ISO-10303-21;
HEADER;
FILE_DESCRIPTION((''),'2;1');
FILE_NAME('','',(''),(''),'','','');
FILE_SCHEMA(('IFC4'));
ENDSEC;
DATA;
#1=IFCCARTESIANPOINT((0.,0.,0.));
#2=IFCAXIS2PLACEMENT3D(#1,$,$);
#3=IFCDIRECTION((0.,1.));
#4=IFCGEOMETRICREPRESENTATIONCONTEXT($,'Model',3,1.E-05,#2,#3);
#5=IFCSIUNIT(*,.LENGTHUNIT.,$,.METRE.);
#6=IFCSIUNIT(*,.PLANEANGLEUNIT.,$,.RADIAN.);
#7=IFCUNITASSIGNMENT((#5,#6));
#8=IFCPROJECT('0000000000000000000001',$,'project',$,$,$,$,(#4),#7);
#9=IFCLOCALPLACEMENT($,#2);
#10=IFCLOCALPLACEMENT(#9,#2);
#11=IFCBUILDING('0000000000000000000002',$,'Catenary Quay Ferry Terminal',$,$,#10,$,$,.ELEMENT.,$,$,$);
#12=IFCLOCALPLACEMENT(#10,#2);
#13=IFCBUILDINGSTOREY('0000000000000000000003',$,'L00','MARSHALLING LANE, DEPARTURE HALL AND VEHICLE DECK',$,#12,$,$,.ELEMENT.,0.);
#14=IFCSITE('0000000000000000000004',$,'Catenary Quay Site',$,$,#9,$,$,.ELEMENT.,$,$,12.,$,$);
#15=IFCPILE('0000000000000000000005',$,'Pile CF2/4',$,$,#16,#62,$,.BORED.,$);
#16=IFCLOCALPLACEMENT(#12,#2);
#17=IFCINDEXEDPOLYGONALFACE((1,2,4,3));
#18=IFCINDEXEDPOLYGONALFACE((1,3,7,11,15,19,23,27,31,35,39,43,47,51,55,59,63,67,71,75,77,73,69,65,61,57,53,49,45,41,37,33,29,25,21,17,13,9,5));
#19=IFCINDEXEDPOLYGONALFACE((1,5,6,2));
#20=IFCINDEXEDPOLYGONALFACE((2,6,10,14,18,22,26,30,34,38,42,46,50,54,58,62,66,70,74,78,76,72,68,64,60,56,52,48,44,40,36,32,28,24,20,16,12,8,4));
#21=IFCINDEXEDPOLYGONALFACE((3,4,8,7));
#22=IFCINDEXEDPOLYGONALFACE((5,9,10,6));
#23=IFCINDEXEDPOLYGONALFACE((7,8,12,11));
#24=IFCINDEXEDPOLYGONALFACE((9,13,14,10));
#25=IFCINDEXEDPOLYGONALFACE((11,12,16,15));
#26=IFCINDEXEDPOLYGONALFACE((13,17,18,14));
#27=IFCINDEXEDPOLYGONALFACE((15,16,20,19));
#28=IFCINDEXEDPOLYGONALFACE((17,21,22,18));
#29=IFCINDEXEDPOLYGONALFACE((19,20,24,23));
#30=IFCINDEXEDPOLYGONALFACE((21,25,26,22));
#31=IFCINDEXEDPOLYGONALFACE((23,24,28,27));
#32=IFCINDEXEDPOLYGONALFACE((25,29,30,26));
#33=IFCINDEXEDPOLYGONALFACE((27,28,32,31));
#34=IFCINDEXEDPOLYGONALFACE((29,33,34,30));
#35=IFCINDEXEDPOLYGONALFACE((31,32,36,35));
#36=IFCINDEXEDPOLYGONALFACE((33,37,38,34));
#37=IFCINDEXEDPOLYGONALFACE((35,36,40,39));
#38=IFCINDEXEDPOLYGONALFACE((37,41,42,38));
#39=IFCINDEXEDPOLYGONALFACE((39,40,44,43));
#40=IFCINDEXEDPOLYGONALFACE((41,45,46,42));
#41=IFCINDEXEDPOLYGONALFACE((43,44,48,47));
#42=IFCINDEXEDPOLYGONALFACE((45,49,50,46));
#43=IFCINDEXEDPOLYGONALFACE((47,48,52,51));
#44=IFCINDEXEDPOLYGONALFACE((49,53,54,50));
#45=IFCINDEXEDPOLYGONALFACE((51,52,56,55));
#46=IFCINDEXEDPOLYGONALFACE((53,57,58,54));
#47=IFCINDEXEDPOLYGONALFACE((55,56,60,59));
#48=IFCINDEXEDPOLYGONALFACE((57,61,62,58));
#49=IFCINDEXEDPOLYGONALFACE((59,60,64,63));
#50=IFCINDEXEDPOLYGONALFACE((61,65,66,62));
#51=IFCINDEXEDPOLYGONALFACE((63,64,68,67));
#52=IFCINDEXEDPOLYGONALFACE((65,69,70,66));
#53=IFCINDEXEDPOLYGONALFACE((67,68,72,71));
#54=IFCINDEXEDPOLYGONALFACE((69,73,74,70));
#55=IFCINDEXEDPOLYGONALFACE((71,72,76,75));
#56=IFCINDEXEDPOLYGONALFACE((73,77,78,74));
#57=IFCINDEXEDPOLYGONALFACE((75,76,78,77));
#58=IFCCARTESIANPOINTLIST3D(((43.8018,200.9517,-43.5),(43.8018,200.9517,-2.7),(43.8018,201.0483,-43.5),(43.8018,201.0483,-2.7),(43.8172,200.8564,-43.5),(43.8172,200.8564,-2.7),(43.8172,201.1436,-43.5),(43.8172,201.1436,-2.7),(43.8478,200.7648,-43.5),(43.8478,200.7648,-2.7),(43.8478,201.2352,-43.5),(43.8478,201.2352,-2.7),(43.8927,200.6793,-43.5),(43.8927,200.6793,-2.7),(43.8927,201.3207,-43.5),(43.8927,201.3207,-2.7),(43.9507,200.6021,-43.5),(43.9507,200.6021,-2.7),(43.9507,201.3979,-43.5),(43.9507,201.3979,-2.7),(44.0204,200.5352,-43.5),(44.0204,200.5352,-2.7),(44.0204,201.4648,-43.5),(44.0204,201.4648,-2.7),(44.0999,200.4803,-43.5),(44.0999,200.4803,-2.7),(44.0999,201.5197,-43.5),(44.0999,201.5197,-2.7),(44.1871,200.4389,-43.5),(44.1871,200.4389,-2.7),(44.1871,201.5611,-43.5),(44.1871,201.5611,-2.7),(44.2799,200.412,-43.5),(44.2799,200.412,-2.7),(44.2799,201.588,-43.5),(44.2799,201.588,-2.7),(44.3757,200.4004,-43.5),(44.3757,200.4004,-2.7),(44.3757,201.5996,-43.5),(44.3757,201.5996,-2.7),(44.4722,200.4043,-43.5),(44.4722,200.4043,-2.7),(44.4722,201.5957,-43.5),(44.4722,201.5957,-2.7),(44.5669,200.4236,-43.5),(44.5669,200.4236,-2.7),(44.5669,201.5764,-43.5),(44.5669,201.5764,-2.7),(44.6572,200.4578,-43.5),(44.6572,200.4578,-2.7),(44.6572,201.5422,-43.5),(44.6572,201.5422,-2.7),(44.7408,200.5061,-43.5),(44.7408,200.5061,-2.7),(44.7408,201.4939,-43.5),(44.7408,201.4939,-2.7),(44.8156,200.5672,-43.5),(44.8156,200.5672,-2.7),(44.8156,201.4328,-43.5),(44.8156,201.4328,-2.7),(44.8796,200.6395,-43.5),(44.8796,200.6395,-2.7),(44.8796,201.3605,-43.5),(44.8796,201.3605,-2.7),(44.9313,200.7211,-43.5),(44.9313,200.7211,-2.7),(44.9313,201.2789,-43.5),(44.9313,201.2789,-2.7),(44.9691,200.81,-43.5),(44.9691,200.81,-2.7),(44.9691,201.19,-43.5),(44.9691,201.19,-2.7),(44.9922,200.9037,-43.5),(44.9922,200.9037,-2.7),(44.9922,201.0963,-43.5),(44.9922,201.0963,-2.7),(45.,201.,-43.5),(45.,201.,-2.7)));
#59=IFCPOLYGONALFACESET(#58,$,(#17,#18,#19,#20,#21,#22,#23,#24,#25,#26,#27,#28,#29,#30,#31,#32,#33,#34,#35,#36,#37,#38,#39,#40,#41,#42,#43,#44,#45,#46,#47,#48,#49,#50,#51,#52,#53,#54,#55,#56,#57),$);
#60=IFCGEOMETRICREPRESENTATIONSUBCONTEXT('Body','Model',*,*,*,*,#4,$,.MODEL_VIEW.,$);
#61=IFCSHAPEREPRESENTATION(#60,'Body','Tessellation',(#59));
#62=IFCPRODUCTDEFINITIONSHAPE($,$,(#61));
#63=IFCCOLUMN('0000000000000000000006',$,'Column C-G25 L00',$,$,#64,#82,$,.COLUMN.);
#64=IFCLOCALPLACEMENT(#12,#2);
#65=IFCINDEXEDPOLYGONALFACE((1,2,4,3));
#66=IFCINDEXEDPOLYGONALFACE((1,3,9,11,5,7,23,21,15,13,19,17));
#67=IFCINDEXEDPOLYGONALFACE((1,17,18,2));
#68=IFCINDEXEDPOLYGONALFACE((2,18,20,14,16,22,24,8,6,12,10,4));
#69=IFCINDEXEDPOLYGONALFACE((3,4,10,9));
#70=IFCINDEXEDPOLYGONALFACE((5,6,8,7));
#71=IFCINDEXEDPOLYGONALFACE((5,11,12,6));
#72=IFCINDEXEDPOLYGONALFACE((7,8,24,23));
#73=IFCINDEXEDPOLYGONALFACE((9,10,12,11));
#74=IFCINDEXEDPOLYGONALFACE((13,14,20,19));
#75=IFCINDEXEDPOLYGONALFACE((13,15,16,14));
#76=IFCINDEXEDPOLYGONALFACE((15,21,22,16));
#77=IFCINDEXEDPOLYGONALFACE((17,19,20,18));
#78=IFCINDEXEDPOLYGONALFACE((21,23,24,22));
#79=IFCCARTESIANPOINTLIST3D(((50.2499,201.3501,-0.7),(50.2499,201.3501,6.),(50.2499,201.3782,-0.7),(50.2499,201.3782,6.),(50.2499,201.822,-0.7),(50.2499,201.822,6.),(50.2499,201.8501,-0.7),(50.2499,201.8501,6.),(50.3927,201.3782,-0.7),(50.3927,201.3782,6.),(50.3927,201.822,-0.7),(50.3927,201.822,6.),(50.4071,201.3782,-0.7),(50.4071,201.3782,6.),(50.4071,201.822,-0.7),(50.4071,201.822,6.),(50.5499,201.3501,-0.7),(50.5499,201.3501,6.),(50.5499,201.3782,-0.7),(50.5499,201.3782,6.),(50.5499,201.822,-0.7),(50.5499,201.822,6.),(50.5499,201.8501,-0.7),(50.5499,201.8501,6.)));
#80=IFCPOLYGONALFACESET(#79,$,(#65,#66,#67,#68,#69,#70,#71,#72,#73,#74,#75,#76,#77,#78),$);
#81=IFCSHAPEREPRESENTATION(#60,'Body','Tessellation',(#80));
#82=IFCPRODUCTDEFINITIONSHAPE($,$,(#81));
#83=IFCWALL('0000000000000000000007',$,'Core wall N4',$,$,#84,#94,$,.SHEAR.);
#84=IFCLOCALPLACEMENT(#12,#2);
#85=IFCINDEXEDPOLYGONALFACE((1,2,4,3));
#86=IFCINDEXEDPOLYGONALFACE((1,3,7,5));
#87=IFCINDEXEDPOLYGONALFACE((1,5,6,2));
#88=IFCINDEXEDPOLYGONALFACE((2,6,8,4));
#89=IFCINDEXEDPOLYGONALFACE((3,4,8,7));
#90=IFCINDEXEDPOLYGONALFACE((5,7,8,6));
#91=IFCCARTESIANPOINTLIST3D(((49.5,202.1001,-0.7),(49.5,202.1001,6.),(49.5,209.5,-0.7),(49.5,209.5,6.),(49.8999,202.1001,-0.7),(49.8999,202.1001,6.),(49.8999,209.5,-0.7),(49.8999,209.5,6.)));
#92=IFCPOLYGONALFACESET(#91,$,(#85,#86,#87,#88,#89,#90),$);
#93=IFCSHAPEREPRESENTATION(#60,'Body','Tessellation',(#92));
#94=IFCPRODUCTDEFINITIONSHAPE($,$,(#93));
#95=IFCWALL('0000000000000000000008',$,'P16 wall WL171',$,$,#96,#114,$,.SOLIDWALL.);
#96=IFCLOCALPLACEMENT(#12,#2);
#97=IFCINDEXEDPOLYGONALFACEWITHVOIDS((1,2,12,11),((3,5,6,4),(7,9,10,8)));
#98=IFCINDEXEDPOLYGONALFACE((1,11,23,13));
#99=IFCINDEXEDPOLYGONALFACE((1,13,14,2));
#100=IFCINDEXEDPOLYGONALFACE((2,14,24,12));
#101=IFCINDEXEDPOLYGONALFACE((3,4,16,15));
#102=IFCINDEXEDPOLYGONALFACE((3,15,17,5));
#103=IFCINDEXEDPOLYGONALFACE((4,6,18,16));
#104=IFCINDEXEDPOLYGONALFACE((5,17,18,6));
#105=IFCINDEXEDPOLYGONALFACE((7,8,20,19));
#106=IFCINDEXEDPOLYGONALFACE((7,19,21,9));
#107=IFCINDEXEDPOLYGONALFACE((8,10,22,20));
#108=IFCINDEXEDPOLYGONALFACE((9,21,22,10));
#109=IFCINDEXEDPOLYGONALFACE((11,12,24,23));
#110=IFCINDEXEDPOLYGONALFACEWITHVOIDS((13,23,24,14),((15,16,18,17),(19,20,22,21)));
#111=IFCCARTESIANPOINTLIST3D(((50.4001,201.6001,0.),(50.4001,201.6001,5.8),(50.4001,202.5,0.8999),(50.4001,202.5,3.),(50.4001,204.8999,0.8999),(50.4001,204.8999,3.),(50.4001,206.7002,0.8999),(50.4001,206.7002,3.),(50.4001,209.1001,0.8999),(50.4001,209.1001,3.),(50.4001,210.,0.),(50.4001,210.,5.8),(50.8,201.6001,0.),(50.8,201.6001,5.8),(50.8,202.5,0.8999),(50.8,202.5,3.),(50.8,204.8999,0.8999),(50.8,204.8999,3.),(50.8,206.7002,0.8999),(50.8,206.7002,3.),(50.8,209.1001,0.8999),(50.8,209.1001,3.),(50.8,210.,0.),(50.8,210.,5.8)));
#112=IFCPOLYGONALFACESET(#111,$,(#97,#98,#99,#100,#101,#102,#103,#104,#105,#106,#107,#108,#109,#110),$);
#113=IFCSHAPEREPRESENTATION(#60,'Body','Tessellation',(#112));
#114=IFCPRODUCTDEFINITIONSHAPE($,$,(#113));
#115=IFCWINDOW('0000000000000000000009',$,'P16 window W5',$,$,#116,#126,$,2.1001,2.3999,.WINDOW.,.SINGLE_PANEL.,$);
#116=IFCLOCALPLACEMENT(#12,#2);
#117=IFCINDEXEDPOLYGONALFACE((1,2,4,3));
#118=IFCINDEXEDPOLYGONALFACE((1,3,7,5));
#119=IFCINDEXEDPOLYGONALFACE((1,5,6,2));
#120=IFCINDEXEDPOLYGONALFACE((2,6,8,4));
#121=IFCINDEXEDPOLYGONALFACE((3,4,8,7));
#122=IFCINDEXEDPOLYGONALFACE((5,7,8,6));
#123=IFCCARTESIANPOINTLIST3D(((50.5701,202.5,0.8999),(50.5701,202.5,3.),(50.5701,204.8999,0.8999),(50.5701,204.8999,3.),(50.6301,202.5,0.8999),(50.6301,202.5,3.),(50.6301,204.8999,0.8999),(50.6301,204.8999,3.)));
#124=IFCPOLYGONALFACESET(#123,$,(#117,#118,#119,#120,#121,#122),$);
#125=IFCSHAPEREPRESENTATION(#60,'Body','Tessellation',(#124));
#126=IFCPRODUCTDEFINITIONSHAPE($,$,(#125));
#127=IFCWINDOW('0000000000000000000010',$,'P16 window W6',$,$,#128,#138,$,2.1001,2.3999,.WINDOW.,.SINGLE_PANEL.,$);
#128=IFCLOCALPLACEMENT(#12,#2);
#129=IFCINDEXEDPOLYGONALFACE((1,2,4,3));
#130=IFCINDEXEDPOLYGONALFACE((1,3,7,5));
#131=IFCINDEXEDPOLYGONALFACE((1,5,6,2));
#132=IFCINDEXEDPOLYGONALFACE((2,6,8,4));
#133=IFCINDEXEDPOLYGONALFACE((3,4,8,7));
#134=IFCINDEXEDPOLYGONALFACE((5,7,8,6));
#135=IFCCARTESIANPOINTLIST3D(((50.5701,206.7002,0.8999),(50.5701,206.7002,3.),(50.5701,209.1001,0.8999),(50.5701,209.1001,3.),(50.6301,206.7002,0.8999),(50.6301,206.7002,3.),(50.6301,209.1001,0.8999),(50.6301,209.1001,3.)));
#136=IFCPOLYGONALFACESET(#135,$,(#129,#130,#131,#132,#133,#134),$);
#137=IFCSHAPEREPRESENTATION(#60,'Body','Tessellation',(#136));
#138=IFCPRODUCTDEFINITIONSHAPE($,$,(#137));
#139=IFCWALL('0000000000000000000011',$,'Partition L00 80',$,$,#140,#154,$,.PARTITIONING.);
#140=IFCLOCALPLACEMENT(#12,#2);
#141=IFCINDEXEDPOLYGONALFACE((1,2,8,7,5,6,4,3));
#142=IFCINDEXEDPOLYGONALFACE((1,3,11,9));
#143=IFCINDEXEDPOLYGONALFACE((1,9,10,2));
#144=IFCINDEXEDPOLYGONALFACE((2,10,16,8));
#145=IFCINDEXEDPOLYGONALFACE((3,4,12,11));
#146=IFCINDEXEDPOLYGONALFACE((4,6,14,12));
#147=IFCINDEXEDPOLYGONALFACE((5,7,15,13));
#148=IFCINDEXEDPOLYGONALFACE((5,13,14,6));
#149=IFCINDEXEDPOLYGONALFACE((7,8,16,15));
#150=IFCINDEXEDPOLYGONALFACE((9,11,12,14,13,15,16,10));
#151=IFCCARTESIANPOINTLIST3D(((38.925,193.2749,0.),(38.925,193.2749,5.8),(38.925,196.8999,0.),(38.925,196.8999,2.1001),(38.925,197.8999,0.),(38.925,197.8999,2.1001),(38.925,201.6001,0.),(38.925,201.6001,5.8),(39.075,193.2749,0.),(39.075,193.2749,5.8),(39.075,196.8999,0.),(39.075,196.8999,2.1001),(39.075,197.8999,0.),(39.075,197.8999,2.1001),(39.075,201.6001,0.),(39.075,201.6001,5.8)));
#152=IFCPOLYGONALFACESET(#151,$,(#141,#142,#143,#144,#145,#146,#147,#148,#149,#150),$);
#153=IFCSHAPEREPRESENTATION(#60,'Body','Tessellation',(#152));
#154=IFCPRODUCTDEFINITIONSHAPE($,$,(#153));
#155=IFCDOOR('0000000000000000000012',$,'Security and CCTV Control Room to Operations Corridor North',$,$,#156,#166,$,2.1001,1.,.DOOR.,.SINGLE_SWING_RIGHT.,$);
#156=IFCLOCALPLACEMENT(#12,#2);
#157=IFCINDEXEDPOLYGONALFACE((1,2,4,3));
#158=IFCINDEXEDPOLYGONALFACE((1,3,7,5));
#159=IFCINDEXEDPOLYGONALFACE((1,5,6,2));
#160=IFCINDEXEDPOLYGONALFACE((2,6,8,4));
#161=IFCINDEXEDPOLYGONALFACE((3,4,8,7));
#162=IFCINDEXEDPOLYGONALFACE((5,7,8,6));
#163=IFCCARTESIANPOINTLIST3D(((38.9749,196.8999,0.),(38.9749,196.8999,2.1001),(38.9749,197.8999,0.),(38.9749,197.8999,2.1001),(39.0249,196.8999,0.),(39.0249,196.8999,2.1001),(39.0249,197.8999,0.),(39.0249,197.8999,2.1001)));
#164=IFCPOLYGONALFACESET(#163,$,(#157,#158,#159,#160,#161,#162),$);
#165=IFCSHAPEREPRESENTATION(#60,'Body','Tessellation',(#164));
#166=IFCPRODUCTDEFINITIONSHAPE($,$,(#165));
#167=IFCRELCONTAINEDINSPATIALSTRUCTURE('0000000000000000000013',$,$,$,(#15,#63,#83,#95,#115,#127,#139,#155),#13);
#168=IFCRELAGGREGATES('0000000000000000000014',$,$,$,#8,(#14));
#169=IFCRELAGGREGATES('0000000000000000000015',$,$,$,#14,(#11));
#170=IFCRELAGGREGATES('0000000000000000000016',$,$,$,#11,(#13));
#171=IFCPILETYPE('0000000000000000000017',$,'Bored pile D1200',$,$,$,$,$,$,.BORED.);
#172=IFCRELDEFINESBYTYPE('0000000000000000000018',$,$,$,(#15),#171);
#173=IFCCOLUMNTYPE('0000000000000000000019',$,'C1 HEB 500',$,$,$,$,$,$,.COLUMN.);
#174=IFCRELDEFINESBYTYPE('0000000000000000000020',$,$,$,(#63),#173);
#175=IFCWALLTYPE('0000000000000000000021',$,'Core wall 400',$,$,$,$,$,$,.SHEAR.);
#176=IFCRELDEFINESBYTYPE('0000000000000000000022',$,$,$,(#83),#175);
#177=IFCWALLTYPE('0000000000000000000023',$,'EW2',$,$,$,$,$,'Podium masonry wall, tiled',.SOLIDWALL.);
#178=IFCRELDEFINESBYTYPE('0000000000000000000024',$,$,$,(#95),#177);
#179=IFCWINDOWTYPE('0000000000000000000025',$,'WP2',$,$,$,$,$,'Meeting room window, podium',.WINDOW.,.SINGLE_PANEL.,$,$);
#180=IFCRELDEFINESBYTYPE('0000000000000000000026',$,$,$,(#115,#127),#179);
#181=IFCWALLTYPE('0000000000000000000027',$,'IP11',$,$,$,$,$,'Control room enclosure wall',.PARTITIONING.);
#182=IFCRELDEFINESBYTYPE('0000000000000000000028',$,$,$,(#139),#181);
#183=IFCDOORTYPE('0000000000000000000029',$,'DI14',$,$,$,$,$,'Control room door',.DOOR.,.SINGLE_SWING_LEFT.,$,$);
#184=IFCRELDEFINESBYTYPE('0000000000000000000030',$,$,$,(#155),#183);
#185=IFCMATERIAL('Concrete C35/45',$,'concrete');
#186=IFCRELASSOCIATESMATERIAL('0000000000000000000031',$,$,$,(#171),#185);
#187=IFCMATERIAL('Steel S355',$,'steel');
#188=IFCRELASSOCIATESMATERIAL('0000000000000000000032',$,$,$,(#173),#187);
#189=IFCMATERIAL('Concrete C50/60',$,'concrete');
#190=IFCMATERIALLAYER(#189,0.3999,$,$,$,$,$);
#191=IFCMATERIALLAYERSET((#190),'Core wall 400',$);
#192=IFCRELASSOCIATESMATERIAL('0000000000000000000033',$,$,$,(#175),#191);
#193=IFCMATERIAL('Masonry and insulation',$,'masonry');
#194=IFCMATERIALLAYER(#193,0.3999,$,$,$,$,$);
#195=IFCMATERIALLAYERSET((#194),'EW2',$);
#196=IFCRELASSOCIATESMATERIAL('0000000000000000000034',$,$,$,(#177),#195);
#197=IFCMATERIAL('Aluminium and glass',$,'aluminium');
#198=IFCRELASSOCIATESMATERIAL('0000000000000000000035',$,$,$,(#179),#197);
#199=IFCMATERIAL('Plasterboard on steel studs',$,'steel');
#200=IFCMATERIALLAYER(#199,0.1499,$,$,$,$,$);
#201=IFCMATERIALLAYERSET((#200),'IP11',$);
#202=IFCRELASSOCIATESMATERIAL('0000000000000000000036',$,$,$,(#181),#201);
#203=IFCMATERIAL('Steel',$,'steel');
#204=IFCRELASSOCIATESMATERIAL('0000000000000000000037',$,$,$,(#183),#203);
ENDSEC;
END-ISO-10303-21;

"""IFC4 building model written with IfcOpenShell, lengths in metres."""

from ifc_helpers import new_model, si_unit, direction, frame, frame_2d, origin, origin_2d, place, context, subcontext, project, spatial, rectangle, circle, i_section, extrude, material, layer, layer_set, material_profile, profile_set, type_object, element, fill, save


model = new_model("IFC4")

# Units and contexts
model_context = context("Model", 3, precision=1e-05, world=origin(), true_north=direction((0.0, 1.0)))
body_context = subcontext(model_context, "Body", "Model", "MODEL_VIEW")
ifc_project = project(units=[si_unit("LENGTHUNIT", "METRE"), si_unit("PLANEANGLEUNIT", "RADIAN")], contexts=[model_context])

# Site, building, storey
site_placement = place(None, origin())
site = spatial("IfcSite", under=ifc_project, at=site_placement, Name="Catenary Quay Site", CompositionType="ELEMENT", RefElevation=12.0)
building_placement = place(site_placement, origin())
building = spatial("IfcBuilding", under=site, at=building_placement, Name="Catenary Quay Ferry Terminal", CompositionType="ELEMENT")
storey_placement = place(building_placement, origin())
storey = spatial("IfcBuildingStorey", under=building, at=storey_placement, Name="L00", Description="MARSHALLING LANE, DEPARTURE HALL AND VEHICLE DECK", CompositionType="ELEMENT", Elevation=0.0)

# Pile
ifc_material_1 = material(Name="Concrete C35/45", Category="concrete")
ifc_material_profile_1 = material_profile(ifc_material_1, circle(Radius=0.6001, at=origin_2d()), Name="D1200")
ifc_profile_set_1 = profile_set([ifc_material_profile_1], Name="Concrete C35/45")
pile_type = type_object("IfcPileType", Name="Bored pile D1200", PredefinedType="BORED", material=ifc_profile_set_1)
for number, where, z_axis, x_axis, name in (
    (1, (44.3999, 201.0, -2.7), (0.0, 0.0, -1.0), (1.0, 0.0, 0.0), "Pile CF2/4"),
):
    element("IfcPile", number, at=place(storey_placement, frame(where, z_axis=z_axis, x_axis=x_axis)), inside=storey, type_object=pile_type, Name=name, PredefinedType="BORED", context=body_context, shape_type="SweptSolid", body=[
        extrude(circle(Radius=0.6001, at=origin_2d()), origin(), (0.0, 0.0, 1.0), 40.8),
    ])

# Column
ifc_material_2 = material(Name="Steel S355", Category="steel")
ifc_material_profile_2 = material_profile(ifc_material_2, i_section(OverallWidth=0.3, OverallDepth=0.5, WebThickness=0.0144, FlangeThickness=0.0281, at=origin_2d()), Name="HEB 500")
ifc_profile_set_2 = profile_set([ifc_material_profile_2], Name="Steel S355")
column_type = type_object("IfcColumnType", Name="C1 HEB 500", PredefinedType="COLUMN", material=ifc_profile_set_2)
column_placement = place(storey_placement, frame((50.3999, 201.6001, -0.7), z_axis=(0.0, 0.0, 1.0), x_axis=(1.0, 0.0, 0.0)))
element("IfcColumn", 2, at=column_placement, inside=storey, type_object=column_type, Name="Column C-G25 L00", PredefinedType="COLUMN", context=body_context, shape_type="SweptSolid", body=[
    extrude(i_section(OverallWidth=0.3, OverallDepth=0.5, WebThickness=0.0144, FlangeThickness=0.0281, at=origin_2d()), origin(), (0.0, 0.0, 1.0), 6.7),
])

# Wall
ifc_material_3 = material(Name="Concrete C50/60", Category="concrete")
ifc_layer_1 = layer(ifc_material_3, 0.3999)
ifc_layer_set_1 = layer_set([ifc_layer_1], Name="Core wall 400")
wall_type_1 = type_object("IfcWallType", Name="Core wall 400", PredefinedType="SHEAR", material=ifc_layer_set_1)
wall_1_placement = place(storey_placement, frame((49.7, 202.1001, -0.7), z_axis=(0.0, 0.0, 1.0), x_axis=(0.0, 1.0, 0.0)))
element("IfcWall", 3, at=wall_1_placement, inside=storey, type_object=wall_type_1, Name="Core wall N4", PredefinedType="SHEAR", context=body_context, shape_type="SweptSolid", body=[
    extrude(rectangle(XDim=7.3999, YDim=0.3999, at=frame_2d((3.7, 0.0))), origin(), (0.0, 0.0, 1.0), 6.7),
])

# Wall, openings, windows
ifc_material_4 = material(Name="Masonry and insulation", Category="masonry")
ifc_layer_2 = layer(ifc_material_4, 0.3999)
ifc_layer_set_2 = layer_set([ifc_layer_2], Name="EW2")
wall_type_2 = type_object("IfcWallType", Name="EW2", ElementType="Podium masonry wall, tiled", PredefinedType="SOLIDWALL", material=ifc_layer_set_2)
wall_2_placement = place(storey_placement, frame((50.6001, 201.6001, 0.0), z_axis=(0.0, 0.0, 1.0), x_axis=(0.0, 1.0, 0.0)))
wall_2 = element("IfcWall", 4, at=wall_2_placement, inside=storey, type_object=wall_type_2, Name="P16 wall WL171", PredefinedType="SOLIDWALL", context=body_context, shape_type="SweptSolid", body=[
    extrude(rectangle(XDim=8.3999, YDim=0.3999, at=frame_2d((4.2, 0.0))), origin(), (0.0, 0.0, 1.0), 5.8),
])
opening_1_placement = place(wall_2_placement, frame((0.8999, 0.0, 0.8999)))
opening_1 = element("IfcOpeningElement", 5, at=opening_1_placement, cuts=wall_2, PredefinedType="OPENING", context=body_context, shape_type="SweptSolid", body=[
    extrude(rectangle(XDim=2.3999, YDim=2.1001, at=frame_2d((1.2, 1.05))), frame((0.0, 0.21, 0.0), z_axis=(0.0, -1.0, 0.0), x_axis=(1.0, 0.0, 0.0)), (0.0, 0.0, 1.0), 0.4199),
])
opening_2_placement = place(wall_2_placement, frame((5.1001, 0.0, 0.8999)))
opening_2 = element("IfcOpeningElement", 6, at=opening_2_placement, cuts=wall_2, PredefinedType="OPENING", context=body_context, shape_type="SweptSolid", body=[
    extrude(rectangle(XDim=2.3999, YDim=2.1001, at=frame_2d((1.2, 1.05))), frame((0.0, 0.21, 0.0), z_axis=(0.0, -1.0, 0.0), x_axis=(1.0, 0.0, 0.0)), (0.0, 0.0, 1.0), 0.4199),
])
ifc_material_5 = material(Name="Aluminium and glass", Category="aluminium")
window_type = type_object("IfcWindowType", Name="WP2", ElementType="Meeting room window, podium", PartitioningType="SINGLE_PANEL", PredefinedType="WINDOW", material=ifc_material_5)
window_1_placement = place(opening_1_placement, origin())
window_1 = element("IfcWindow", 7, at=window_1_placement, inside=storey, type_object=window_type, Name="P16 window W5", OverallHeight=2.1001, OverallWidth=2.3999, PartitioningType="SINGLE_PANEL", PredefinedType="WINDOW", context=body_context, shape_type="SweptSolid", body=[
    extrude(rectangle(XDim=2.3999, YDim=2.1001, at=frame_2d((1.2, 1.05))), frame((0.0, 0.03, 0.0), z_axis=(0.0, -1.0, 0.0), x_axis=(1.0, 0.0, 0.0)), (0.0, 0.0, 1.0), 0.0601),
])
fill(opening_1, window_1)
window_2_placement = place(opening_2_placement, origin())
window_2 = element("IfcWindow", 8, at=window_2_placement, inside=storey, type_object=window_type, Name="P16 window W6", OverallHeight=2.1001, OverallWidth=2.3999, PartitioningType="SINGLE_PANEL", PredefinedType="WINDOW", context=body_context, shape_type="SweptSolid", body=[
    extrude(rectangle(XDim=2.3999, YDim=2.1001, at=frame_2d((1.2, 1.05))), frame((0.0, 0.03, 0.0), z_axis=(0.0, -1.0, 0.0), x_axis=(1.0, 0.0, 0.0)), (0.0, 0.0, 1.0), 0.0601),
])
fill(opening_2, window_2)

# Wall, opening, door
ifc_material_6 = material(Name="Plasterboard on steel studs", Category="steel")
ifc_layer_3 = layer(ifc_material_6, 0.1499)
ifc_layer_set_3 = layer_set([ifc_layer_3], Name="IP11")
wall_type_3 = type_object("IfcWallType", Name="IP11", ElementType="Control room enclosure wall", PredefinedType="PARTITIONING", material=ifc_layer_set_3)
wall_3_placement = place(storey_placement, frame((39.0, 193.2749, 0.0), z_axis=(0.0, 0.0, 1.0), x_axis=(0.0, 1.0, 0.0)))
wall_3 = element("IfcWall", 9, at=wall_3_placement, inside=storey, type_object=wall_type_3, Name="Partition L00 80", PredefinedType="PARTITIONING", context=body_context, shape_type="SweptSolid", body=[
    extrude(rectangle(XDim=8.3252, YDim=0.1499, at=frame_2d((4.1626, 0.0))), origin(), (0.0, 0.0, 1.0), 5.8),
])
opening_3_placement = place(wall_3_placement, frame((3.625, 0.0, 0.0)))
opening_3 = element("IfcOpeningElement", 10, at=opening_3_placement, cuts=wall_3, PredefinedType="OPENING", context=body_context, shape_type="SweptSolid", body=[
    extrude(rectangle(XDim=1.0, YDim=2.1001, at=frame_2d((0.5, 1.05))), frame((0.0, 0.085, 0.0), z_axis=(0.0, -1.0, 0.0), x_axis=(1.0, 0.0, 0.0)), (0.0, 0.0, 1.0), 0.1699),
])
ifc_material_7 = material(Name="Steel", Category="steel")
door_type_1 = type_object("IfcDoorType", Name="DI14", ElementType="Control room door", OperationType="SINGLE_SWING_LEFT", PredefinedType="DOOR", material=ifc_material_7)
door_1_placement = place(opening_3_placement, frame((1.0, 0.0, 0.0), z_axis=(0.0, 0.0, 1.0), x_axis=(-1.0, 0.0, 0.0)))
door_1 = element("IfcDoor", 11, at=door_1_placement, inside=storey, type_object=door_type_1, Name="Security and CCTV Control Room to Operations Corridor North", OperationType="SINGLE_SWING_RIGHT", OverallHeight=2.1001, OverallWidth=1.0, PredefinedType="DOOR", context=body_context, shape_type="SweptSolid", body=[
    extrude(rectangle(XDim=1.0, YDim=2.1001, at=frame_2d((0.5, 1.05))), frame((0.0, 0.0249, 0.0), z_axis=(0.0, -1.0, 0.0), x_axis=(1.0, 0.0, 0.0)), (0.0, 0.0, 1.0), 0.05),
])
fill(opening_3, door_1)

save(model, "model.ifc")
